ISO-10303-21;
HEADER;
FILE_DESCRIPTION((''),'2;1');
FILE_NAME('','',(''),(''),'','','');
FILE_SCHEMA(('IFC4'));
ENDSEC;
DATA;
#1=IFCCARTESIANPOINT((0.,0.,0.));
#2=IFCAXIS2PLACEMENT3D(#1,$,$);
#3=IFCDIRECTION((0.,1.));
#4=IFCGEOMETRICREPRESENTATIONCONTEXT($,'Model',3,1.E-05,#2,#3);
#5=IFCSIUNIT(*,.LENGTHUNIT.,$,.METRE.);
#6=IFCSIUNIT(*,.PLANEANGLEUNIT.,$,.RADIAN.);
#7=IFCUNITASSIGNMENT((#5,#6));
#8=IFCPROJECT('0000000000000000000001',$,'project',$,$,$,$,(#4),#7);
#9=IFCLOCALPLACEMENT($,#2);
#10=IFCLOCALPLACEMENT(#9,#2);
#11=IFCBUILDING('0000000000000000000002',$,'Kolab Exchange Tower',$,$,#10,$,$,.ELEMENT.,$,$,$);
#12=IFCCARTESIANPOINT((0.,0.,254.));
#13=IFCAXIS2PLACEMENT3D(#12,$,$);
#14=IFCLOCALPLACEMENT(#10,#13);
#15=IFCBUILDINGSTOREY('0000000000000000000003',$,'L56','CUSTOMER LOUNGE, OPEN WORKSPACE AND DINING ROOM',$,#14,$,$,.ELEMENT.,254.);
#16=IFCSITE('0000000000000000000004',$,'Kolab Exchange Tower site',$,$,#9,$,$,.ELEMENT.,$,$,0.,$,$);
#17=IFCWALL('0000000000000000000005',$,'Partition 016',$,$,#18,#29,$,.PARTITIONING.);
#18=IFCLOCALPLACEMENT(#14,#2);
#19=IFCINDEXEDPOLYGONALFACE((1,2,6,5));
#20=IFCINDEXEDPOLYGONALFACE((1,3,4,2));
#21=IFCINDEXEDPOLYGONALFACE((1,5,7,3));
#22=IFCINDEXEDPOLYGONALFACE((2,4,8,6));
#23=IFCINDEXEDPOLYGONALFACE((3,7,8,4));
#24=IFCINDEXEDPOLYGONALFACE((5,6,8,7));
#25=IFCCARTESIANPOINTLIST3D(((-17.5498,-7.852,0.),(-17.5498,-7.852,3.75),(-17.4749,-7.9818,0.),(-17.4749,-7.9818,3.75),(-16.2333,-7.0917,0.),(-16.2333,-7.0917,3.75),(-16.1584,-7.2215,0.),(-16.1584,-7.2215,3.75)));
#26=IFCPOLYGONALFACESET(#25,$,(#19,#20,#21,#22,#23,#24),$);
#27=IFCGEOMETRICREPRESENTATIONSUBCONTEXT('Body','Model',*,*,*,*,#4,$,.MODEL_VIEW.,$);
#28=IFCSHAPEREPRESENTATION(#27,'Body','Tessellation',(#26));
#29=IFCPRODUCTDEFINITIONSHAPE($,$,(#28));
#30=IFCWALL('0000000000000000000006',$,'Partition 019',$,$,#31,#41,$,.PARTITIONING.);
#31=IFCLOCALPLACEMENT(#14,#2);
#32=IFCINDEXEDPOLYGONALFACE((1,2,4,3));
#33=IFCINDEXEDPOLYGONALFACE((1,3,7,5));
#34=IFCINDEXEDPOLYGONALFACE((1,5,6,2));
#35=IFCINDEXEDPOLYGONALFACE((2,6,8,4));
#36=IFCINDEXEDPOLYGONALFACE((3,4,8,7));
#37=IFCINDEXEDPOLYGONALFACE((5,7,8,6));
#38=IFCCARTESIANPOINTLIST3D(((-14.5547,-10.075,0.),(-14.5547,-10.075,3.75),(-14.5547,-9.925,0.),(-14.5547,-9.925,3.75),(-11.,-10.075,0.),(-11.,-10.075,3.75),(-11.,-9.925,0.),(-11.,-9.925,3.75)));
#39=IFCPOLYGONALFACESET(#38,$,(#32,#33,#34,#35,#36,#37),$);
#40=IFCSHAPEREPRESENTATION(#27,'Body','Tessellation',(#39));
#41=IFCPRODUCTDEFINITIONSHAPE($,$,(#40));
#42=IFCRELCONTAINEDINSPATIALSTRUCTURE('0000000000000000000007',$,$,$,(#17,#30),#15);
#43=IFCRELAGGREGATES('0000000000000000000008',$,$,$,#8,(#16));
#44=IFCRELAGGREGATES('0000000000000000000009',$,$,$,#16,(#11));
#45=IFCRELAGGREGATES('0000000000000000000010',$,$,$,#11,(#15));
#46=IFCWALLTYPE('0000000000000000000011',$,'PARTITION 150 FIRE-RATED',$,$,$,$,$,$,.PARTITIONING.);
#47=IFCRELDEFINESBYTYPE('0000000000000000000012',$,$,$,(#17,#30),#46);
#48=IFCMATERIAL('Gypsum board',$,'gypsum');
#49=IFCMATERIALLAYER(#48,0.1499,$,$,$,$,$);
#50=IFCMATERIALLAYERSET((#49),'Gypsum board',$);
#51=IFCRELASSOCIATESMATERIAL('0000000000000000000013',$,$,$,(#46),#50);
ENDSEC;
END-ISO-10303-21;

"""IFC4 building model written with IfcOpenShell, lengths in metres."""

from ifc_helpers import new_model, si_unit, direction, frame, frame_2d, origin, place, context, subcontext, project, spatial, rectangle, extrude, material, layer, layer_set, type_object, element, save


model = new_model("IFC4")

# Units and contexts
model_context = context("Model", 3, precision=1e-05, world=origin(), true_north=direction((0.0, 1.0)))
body_context = subcontext(model_context, "Body", "Model", "MODEL_VIEW")
ifc_project = project(units=[si_unit("LENGTHUNIT", "METRE"), si_unit("PLANEANGLEUNIT", "RADIAN")], contexts=[model_context])

# Site, building, storey
site_placement = place(None, origin())
site = spatial("IfcSite", under=ifc_project, at=site_placement, Name="Kolab Exchange Tower site", CompositionType="ELEMENT", RefElevation=0.0)
building_placement = place(site_placement, origin())
building = spatial("IfcBuilding", under=site, at=building_placement, Name="Kolab Exchange Tower", CompositionType="ELEMENT")
storey_placement = place(building_placement, frame((0.0, 0.0, 254.0)))
storey = spatial("IfcBuildingStorey", under=building, at=storey_placement, Name="L56", Description="CUSTOMER LOUNGE, OPEN WORKSPACE AND DINING ROOM", CompositionType="ELEMENT", Elevation=254.0)

# Shared definitions
ifc_material_1 = material(Name="Gypsum board", Category="gypsum")
ifc_layer_1 = layer(ifc_material_1, 0.1499)
ifc_layer_set_1 = layer_set([ifc_layer_1], Name="Gypsum board")
wall_type_1 = type_object("IfcWallType", Name="PARTITION 150 FIRE-RATED", PredefinedType="PARTITIONING", material=ifc_layer_set_1)

# Walls
wall_1_placement = place(storey_placement, frame((-17.5125, -7.917, 0.0), z_axis=(0.0, 0.0, 1.0), x_axis=(0.865961, 0.500112, 0.0)))
element("IfcWall", 1, at=wall_1_placement, inside=storey, type_object=wall_type_1, Name="Partition 016", PredefinedType="PARTITIONING", context=body_context, shape_type="SweptSolid", body=[
    extrude(rectangle(XDim=1.5203, YDim=0.1499, at=frame_2d((0.7603, 0.0))), origin(), (0.0, 0.0, 1.0), 3.75),
])
wall_2_placement = place(storey_placement, frame((-14.5547, -10.0, 0.0), z_axis=(0.0, 0.0, 1.0), x_axis=(1.0, 0.0, 0.0)))
element("IfcWall", 2, at=wall_2_placement, inside=storey, type_object=wall_type_1, Name="Partition 019", PredefinedType="PARTITIONING", context=body_context, shape_type="SweptSolid", body=[
    extrude(rectangle(XDim=3.5547, YDim=0.1499, at=frame_2d((1.7773, 0.0))), origin(), (0.0, 0.0, 1.0), 3.75),
])

save(model, "model.ifc")
